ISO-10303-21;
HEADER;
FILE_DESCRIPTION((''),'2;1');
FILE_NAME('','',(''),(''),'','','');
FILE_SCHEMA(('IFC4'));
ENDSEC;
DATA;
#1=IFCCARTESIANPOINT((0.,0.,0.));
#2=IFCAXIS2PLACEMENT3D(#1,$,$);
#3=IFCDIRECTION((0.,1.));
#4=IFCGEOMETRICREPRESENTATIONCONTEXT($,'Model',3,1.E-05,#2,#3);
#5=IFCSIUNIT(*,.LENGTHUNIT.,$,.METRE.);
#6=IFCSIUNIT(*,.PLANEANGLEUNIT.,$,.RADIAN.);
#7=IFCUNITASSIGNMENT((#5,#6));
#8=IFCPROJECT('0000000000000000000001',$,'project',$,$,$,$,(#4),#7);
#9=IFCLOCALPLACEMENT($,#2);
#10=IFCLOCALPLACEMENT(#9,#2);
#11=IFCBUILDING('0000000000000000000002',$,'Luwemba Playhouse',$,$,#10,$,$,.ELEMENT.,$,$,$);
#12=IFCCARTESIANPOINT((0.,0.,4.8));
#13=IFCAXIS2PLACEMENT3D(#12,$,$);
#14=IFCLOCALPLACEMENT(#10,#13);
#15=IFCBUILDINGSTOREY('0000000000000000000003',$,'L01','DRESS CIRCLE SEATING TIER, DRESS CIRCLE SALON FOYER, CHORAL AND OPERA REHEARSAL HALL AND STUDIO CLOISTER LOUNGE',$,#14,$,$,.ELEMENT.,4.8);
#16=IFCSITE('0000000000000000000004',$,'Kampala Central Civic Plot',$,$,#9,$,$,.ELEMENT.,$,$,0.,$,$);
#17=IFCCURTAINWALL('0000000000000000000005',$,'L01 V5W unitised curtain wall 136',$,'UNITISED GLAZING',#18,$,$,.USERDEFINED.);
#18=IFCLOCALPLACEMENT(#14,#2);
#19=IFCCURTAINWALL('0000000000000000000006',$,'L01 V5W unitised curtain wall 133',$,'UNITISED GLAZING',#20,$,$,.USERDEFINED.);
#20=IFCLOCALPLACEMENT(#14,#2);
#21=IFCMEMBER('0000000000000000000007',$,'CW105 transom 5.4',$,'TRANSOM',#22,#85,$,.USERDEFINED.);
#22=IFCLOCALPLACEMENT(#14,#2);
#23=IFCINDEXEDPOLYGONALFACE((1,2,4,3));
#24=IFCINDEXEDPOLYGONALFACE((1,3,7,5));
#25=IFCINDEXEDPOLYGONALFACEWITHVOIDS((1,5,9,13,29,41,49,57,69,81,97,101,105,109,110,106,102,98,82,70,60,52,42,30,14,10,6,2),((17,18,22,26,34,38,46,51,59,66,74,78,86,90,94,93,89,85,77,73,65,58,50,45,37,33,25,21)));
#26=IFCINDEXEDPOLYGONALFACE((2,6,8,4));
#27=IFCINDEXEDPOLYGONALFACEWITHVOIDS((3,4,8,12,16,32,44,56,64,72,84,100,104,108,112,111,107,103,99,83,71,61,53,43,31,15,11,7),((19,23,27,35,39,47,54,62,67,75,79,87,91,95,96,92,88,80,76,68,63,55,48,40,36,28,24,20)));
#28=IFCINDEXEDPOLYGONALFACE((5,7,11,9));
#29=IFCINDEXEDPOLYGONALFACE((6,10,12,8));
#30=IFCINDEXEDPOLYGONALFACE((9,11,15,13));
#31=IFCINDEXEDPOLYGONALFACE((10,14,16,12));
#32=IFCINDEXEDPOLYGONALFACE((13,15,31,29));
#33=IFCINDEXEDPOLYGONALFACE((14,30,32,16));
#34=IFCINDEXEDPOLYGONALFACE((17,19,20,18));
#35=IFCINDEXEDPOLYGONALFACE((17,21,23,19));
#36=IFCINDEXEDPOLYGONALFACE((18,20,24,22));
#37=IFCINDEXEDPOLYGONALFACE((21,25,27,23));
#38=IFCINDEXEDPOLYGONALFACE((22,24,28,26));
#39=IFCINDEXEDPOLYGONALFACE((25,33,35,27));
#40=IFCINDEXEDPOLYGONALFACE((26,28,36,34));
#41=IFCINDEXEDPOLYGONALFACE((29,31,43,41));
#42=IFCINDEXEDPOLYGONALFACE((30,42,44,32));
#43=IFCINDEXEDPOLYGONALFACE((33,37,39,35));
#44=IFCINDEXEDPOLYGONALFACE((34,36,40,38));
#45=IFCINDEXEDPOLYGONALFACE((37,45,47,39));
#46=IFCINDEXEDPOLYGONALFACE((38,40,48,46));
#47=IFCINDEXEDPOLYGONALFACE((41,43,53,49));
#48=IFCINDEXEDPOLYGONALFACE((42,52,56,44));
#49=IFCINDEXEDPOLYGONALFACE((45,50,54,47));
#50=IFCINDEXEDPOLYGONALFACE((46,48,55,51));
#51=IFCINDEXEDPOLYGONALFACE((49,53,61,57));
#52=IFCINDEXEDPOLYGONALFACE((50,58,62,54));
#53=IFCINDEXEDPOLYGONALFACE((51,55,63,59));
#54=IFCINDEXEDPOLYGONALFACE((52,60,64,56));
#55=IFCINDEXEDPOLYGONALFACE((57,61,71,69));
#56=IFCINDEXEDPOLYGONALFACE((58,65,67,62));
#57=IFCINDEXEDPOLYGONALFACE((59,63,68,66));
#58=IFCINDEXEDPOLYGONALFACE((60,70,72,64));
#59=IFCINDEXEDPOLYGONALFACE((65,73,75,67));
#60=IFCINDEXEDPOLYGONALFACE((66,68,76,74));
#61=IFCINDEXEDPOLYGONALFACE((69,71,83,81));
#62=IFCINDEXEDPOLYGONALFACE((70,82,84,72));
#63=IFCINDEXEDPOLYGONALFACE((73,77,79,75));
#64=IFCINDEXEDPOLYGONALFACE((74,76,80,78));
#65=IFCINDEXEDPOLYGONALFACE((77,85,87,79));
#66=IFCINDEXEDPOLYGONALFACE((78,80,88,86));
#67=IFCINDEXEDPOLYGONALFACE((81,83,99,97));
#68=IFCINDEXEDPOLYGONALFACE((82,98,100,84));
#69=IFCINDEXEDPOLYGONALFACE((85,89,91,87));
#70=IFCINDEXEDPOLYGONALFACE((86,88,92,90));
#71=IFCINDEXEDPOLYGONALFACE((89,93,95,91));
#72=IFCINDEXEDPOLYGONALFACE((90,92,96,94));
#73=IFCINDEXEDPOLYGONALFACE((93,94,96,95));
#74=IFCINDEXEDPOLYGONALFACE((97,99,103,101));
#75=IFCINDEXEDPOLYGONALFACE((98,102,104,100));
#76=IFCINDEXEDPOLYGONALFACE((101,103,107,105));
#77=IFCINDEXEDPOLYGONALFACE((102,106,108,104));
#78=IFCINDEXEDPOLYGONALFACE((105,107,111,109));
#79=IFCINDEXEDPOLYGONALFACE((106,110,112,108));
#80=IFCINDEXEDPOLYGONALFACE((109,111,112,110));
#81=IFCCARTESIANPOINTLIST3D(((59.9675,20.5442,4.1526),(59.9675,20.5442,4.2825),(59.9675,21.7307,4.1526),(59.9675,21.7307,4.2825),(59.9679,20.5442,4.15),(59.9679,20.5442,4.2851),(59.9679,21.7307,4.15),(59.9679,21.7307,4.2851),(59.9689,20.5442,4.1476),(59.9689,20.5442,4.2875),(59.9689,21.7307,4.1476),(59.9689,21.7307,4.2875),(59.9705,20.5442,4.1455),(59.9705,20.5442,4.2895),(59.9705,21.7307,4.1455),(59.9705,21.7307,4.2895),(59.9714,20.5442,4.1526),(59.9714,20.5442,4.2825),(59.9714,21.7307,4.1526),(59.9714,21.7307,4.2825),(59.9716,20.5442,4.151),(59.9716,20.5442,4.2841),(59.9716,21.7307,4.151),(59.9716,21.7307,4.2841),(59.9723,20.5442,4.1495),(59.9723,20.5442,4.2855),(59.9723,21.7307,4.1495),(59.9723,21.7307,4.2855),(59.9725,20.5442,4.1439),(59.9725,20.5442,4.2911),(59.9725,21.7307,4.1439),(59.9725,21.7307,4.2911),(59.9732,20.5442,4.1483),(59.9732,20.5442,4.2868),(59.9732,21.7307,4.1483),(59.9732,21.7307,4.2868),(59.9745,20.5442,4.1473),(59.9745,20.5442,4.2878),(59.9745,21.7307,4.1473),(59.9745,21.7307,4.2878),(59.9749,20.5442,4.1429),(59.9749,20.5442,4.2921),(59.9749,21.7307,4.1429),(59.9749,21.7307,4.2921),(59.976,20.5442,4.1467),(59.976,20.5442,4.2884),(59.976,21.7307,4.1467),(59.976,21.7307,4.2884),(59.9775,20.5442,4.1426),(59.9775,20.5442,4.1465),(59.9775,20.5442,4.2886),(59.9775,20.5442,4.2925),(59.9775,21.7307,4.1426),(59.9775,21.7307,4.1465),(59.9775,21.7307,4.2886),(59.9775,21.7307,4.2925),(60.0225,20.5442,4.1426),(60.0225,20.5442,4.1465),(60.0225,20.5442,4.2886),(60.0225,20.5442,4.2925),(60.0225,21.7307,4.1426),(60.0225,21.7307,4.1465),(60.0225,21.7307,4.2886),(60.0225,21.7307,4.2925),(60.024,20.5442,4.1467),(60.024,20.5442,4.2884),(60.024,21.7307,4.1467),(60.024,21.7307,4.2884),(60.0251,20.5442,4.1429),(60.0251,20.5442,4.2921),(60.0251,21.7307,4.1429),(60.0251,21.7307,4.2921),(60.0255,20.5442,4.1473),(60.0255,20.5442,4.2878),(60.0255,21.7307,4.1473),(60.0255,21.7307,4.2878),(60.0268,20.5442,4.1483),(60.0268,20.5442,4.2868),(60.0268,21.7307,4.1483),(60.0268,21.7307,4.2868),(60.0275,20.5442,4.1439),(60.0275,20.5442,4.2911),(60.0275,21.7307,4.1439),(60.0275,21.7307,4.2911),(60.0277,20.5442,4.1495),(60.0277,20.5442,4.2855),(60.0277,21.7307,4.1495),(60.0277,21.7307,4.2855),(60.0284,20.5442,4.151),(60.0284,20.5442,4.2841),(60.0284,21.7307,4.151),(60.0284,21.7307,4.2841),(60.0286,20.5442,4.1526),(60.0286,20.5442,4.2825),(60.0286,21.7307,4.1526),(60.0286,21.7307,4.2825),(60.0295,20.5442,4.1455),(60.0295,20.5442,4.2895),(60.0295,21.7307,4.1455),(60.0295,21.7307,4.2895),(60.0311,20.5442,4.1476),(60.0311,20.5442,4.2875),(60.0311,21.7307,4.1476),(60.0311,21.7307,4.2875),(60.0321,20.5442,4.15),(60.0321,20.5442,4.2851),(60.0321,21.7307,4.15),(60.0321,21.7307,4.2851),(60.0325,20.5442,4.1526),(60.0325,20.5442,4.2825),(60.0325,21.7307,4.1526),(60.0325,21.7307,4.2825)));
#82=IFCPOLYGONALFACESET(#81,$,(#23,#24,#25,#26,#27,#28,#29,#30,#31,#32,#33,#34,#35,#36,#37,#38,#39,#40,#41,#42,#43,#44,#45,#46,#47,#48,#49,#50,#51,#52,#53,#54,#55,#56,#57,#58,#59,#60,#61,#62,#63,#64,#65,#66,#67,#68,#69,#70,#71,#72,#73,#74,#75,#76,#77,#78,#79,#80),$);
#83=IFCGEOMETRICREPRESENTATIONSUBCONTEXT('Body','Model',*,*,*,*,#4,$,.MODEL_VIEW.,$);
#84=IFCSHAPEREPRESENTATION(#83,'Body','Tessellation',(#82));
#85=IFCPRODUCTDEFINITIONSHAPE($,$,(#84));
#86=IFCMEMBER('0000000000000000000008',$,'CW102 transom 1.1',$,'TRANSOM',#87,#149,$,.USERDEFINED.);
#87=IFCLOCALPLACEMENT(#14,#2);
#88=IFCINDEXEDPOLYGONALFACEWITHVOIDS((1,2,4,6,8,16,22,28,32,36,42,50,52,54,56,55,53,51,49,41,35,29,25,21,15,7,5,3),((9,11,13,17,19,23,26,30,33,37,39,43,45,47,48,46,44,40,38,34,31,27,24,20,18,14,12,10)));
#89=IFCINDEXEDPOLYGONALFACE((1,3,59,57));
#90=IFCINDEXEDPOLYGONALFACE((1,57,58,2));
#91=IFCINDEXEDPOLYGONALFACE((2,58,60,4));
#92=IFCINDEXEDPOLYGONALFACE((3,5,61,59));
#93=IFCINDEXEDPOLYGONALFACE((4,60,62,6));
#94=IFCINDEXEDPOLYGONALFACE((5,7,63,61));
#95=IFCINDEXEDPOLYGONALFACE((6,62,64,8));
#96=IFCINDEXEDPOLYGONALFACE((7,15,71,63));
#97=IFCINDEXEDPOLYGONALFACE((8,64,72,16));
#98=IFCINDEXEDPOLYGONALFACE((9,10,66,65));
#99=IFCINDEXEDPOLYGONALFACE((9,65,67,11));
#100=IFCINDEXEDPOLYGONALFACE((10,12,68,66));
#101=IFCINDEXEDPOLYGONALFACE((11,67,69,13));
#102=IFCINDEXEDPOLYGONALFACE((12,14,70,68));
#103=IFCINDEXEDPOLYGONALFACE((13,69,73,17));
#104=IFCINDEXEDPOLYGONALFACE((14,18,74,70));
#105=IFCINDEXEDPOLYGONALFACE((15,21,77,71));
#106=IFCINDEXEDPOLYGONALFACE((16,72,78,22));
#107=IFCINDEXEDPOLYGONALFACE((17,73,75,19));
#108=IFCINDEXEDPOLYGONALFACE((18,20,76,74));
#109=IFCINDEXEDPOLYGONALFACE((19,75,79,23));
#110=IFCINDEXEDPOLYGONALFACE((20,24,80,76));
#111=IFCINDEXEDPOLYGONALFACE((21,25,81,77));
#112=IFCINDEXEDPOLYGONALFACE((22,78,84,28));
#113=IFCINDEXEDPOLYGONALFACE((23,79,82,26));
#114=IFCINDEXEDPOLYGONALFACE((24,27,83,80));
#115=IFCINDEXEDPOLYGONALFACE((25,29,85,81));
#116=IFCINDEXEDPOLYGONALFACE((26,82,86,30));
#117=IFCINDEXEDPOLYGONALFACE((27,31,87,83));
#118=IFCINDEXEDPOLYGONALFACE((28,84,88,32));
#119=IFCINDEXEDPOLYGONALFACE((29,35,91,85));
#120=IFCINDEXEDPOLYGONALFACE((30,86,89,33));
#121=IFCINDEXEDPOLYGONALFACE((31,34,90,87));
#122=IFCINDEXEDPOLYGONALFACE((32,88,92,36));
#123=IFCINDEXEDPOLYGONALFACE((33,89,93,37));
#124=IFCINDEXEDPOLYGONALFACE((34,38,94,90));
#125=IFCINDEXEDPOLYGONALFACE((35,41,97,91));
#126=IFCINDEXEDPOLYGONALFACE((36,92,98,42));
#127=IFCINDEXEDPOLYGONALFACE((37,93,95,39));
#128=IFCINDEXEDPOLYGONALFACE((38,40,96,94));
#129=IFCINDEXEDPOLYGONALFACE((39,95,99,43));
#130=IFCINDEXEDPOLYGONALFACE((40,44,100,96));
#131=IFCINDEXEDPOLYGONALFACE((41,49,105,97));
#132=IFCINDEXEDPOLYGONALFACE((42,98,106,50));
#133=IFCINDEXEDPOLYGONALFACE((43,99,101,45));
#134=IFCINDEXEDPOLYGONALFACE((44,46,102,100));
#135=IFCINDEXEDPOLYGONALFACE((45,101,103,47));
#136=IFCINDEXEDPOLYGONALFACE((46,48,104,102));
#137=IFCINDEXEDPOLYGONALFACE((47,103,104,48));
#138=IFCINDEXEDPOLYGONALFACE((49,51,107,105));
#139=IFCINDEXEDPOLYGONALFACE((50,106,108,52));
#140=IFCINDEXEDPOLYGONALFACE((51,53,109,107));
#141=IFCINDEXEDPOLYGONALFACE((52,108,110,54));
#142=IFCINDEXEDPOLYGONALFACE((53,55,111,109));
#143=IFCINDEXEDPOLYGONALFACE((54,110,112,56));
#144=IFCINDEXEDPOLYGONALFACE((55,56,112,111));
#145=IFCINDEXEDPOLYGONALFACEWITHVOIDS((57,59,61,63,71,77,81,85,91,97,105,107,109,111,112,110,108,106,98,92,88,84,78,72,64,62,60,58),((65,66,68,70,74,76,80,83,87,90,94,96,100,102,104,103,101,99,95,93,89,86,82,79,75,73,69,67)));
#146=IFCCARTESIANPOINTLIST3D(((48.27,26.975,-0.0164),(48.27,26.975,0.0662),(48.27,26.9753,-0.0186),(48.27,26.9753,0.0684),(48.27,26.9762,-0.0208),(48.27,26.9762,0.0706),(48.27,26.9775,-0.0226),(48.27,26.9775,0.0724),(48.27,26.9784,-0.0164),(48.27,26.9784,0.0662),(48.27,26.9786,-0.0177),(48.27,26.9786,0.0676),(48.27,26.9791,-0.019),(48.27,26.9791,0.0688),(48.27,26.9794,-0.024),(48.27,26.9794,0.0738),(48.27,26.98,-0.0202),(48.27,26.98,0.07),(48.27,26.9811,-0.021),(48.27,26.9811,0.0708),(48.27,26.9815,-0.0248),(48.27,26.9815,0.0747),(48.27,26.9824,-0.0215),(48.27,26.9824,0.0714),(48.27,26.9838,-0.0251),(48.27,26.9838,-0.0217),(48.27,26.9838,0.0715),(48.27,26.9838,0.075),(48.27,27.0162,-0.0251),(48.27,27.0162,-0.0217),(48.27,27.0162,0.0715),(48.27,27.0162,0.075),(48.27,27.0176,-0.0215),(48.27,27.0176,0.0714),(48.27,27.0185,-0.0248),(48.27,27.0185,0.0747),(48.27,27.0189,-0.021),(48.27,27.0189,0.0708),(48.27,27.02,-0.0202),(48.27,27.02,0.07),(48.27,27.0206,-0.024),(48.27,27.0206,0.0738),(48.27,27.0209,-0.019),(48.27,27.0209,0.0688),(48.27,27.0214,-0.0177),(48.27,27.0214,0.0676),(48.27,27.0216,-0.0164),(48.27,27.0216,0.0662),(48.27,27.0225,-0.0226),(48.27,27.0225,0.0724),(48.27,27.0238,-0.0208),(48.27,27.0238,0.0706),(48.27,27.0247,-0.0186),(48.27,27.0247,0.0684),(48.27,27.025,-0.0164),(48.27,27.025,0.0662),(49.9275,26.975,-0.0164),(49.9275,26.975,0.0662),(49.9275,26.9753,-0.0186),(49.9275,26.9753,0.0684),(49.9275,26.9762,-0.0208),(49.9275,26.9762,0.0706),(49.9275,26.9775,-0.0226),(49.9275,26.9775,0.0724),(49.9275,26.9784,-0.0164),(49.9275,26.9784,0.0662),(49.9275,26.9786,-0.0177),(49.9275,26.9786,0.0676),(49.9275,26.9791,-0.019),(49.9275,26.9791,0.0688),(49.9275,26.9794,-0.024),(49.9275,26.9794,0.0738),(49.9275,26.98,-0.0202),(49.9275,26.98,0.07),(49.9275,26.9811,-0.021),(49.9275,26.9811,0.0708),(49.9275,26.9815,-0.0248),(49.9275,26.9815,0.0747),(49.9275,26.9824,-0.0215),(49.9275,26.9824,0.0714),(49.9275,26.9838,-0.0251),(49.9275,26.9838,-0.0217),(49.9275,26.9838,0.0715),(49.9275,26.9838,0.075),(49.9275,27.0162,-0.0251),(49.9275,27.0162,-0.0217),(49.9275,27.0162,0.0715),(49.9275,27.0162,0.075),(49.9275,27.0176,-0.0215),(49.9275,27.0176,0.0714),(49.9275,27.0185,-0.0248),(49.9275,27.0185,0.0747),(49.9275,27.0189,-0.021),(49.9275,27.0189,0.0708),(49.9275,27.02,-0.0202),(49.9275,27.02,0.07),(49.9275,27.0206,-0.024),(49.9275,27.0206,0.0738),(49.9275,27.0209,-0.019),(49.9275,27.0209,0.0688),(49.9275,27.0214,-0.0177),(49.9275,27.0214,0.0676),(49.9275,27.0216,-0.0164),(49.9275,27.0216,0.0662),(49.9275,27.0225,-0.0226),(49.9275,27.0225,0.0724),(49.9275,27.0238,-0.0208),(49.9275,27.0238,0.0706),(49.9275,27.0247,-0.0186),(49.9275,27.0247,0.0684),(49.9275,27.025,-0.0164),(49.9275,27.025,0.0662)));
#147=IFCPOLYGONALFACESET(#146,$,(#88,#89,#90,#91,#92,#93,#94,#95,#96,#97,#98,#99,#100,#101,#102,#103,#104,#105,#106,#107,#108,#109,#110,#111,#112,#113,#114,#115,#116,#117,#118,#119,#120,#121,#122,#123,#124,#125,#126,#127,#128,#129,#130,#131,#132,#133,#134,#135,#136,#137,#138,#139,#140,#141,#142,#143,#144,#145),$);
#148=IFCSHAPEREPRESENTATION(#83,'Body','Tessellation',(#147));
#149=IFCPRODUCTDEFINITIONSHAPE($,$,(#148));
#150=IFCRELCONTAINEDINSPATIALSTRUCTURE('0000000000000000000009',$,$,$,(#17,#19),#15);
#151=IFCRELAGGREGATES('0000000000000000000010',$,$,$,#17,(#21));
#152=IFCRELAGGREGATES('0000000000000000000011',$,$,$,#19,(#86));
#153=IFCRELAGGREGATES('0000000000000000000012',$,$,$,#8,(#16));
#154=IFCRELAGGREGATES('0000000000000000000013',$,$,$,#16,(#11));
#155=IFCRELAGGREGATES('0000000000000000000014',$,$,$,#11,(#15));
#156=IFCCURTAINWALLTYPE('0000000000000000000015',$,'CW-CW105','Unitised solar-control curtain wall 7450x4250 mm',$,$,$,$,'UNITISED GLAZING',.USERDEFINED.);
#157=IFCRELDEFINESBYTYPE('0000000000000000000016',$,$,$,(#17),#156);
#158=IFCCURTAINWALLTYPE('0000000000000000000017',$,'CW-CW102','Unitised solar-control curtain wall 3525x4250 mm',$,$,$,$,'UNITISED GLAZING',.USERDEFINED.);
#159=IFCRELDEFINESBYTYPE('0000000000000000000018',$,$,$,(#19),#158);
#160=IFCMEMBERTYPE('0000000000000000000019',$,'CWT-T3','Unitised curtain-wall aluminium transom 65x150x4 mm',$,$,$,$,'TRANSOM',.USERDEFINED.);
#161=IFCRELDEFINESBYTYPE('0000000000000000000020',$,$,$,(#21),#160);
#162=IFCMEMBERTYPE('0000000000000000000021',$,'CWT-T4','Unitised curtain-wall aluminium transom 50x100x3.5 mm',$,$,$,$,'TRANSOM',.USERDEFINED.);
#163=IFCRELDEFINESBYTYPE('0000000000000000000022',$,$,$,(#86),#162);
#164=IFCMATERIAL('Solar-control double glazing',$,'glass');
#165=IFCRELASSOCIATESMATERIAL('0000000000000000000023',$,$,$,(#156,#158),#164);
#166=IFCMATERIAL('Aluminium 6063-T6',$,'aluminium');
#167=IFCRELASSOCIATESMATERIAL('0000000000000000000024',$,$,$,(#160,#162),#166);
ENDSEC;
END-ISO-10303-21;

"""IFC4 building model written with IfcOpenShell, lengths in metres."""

from ifc_helpers import new_model, si_unit, direction, frame, origin, origin_2d, place, context, subcontext, project, spatial, hollow_rectangle, extrude, material, material_profile, profile_set, type_object, element, aggregate, save


model = new_model("IFC4")

# Units and contexts
model_context = context("Model", 3, precision=1e-05, world=origin(), true_north=direction((0.0, 1.0)))
body_context = subcontext(model_context, "Body", "Model", "MODEL_VIEW")
ifc_project = project(units=[si_unit("LENGTHUNIT", "METRE"), si_unit("PLANEANGLEUNIT", "RADIAN")], contexts=[model_context])

# Site, building, storey
site_placement = place(None, origin())
site = spatial("IfcSite", under=ifc_project, at=site_placement, Name="Kampala Central Civic Plot", CompositionType="ELEMENT", RefElevation=0.0)
building_placement = place(site_placement, origin())
building = spatial("IfcBuilding", under=site, at=building_placement, Name="Luwemba Playhouse", CompositionType="ELEMENT")
storey_placement = place(building_placement, frame((0.0, 0.0, 4.8)))
storey = spatial("IfcBuildingStorey", under=building, at=storey_placement, Name="L01", Description="DRESS CIRCLE SEATING TIER, DRESS CIRCLE SALON FOYER, CHORAL AND OPERA REHEARSAL HALL AND STUDIO CLOISTER LOUNGE", CompositionType="ELEMENT", Elevation=4.8)

# Curtain wall
ifc_material_1 = material(Name="Solar-control double glazing", Category="glass")
ifc_material_2 = material(Name="Aluminium 6063-T6", Category="aluminium")
curtain_wall_type_1 = type_object("IfcCurtainWallType", Name="CW-CW105", Description="Unitised solar-control curtain wall 7450x4250 mm", ElementType="UNITISED GLAZING", PredefinedType="USERDEFINED", material=ifc_material_1)
curtain_wall_1_placement = place(storey_placement, origin())
curtain_wall_1 = element("IfcCurtainWall", 1, at=curtain_wall_1_placement, inside=storey, type_object=curtain_wall_type_1, Name="L01 V5W unitised curtain wall 136", ObjectType="UNITISED GLAZING", PredefinedType="USERDEFINED")

# Curtain wall
curtain_wall_type_2 = type_object("IfcCurtainWallType", Name="CW-CW102", Description="Unitised solar-control curtain wall 3525x4250 mm", ElementType="UNITISED GLAZING", PredefinedType="USERDEFINED", material=ifc_material_1)
curtain_wall_2_placement = place(storey_placement, origin())
curtain_wall_2 = element("IfcCurtainWall", 2, at=curtain_wall_2_placement, inside=storey, type_object=curtain_wall_type_2, Name="L01 V5W unitised curtain wall 133", ObjectType="UNITISED GLAZING", PredefinedType="USERDEFINED")

# Members
ifc_material_profile_1 = material_profile(ifc_material_2, hollow_rectangle(XDim=0.0649, YDim=0.1499, WallThickness=0.0039, InnerFilletRadius=0.0061, OuterFilletRadius=0.01, at=origin_2d()))
ifc_profile_set_1 = profile_set([ifc_material_profile_1], Name="Aluminium 6063-T6")
member_type_1 = type_object("IfcMemberType", Name="CWT-T3", Description="Unitised curtain-wall aluminium transom 65x150x4 mm", ElementType="TRANSOM", PredefinedType="USERDEFINED", material=ifc_profile_set_1)
member_1_placement = place(storey_placement, frame((60.0, 21.7307, 4.2175), z_axis=(0.0, -1.0, 0.0), x_axis=(1.0, 0.0, 0.0)))
member_1 = element("IfcMember", 3, at=member_1_placement, type_object=member_type_1, Name="CW105 transom 5.4", ObjectType="TRANSOM", PredefinedType="USERDEFINED", context=body_context, shape_type="SweptSolid", body=[
    extrude(hollow_rectangle(XDim=0.0649, YDim=0.1499, WallThickness=0.0039, InnerFilletRadius=0.0061, OuterFilletRadius=0.01, at=origin_2d()), origin(), (0.0, 0.0, 1.0), 1.1865),
])
ifc_material_profile_2 = material_profile(ifc_material_2, hollow_rectangle(XDim=0.05, YDim=0.1001, WallThickness=0.0034, InnerFilletRadius=0.0054, OuterFilletRadius=0.0088, at=origin_2d()))
ifc_profile_set_2 = profile_set([ifc_material_profile_2], Name="Aluminium 6063-T6")
member_type_2 = type_object("IfcMemberType", Name="CWT-T4", Description="Unitised curtain-wall aluminium transom 50x100x3.5 mm", ElementType="TRANSOM", PredefinedType="USERDEFINED", material=ifc_profile_set_2)
member_2_placement = place(storey_placement, frame((48.27, 27.0, 0.0249), z_axis=(1.0, 0.0, 0.0), x_axis=(0.0, 1.0, 0.0)))
member_2 = element("IfcMember", 4, at=member_2_placement, type_object=member_type_2, Name="CW102 transom 1.1", ObjectType="TRANSOM", PredefinedType="USERDEFINED", context=body_context, shape_type="SweptSolid", body=[
    extrude(hollow_rectangle(XDim=0.05, YDim=0.1001, WallThickness=0.0034, InnerFilletRadius=0.0054, OuterFilletRadius=0.0088, at=origin_2d()), origin(), (0.0, 0.0, 1.0), 1.6575),
])

aggregate(curtain_wall_1, [member_1])
aggregate(curtain_wall_2, [member_2])

save(model, "model.ifc")
